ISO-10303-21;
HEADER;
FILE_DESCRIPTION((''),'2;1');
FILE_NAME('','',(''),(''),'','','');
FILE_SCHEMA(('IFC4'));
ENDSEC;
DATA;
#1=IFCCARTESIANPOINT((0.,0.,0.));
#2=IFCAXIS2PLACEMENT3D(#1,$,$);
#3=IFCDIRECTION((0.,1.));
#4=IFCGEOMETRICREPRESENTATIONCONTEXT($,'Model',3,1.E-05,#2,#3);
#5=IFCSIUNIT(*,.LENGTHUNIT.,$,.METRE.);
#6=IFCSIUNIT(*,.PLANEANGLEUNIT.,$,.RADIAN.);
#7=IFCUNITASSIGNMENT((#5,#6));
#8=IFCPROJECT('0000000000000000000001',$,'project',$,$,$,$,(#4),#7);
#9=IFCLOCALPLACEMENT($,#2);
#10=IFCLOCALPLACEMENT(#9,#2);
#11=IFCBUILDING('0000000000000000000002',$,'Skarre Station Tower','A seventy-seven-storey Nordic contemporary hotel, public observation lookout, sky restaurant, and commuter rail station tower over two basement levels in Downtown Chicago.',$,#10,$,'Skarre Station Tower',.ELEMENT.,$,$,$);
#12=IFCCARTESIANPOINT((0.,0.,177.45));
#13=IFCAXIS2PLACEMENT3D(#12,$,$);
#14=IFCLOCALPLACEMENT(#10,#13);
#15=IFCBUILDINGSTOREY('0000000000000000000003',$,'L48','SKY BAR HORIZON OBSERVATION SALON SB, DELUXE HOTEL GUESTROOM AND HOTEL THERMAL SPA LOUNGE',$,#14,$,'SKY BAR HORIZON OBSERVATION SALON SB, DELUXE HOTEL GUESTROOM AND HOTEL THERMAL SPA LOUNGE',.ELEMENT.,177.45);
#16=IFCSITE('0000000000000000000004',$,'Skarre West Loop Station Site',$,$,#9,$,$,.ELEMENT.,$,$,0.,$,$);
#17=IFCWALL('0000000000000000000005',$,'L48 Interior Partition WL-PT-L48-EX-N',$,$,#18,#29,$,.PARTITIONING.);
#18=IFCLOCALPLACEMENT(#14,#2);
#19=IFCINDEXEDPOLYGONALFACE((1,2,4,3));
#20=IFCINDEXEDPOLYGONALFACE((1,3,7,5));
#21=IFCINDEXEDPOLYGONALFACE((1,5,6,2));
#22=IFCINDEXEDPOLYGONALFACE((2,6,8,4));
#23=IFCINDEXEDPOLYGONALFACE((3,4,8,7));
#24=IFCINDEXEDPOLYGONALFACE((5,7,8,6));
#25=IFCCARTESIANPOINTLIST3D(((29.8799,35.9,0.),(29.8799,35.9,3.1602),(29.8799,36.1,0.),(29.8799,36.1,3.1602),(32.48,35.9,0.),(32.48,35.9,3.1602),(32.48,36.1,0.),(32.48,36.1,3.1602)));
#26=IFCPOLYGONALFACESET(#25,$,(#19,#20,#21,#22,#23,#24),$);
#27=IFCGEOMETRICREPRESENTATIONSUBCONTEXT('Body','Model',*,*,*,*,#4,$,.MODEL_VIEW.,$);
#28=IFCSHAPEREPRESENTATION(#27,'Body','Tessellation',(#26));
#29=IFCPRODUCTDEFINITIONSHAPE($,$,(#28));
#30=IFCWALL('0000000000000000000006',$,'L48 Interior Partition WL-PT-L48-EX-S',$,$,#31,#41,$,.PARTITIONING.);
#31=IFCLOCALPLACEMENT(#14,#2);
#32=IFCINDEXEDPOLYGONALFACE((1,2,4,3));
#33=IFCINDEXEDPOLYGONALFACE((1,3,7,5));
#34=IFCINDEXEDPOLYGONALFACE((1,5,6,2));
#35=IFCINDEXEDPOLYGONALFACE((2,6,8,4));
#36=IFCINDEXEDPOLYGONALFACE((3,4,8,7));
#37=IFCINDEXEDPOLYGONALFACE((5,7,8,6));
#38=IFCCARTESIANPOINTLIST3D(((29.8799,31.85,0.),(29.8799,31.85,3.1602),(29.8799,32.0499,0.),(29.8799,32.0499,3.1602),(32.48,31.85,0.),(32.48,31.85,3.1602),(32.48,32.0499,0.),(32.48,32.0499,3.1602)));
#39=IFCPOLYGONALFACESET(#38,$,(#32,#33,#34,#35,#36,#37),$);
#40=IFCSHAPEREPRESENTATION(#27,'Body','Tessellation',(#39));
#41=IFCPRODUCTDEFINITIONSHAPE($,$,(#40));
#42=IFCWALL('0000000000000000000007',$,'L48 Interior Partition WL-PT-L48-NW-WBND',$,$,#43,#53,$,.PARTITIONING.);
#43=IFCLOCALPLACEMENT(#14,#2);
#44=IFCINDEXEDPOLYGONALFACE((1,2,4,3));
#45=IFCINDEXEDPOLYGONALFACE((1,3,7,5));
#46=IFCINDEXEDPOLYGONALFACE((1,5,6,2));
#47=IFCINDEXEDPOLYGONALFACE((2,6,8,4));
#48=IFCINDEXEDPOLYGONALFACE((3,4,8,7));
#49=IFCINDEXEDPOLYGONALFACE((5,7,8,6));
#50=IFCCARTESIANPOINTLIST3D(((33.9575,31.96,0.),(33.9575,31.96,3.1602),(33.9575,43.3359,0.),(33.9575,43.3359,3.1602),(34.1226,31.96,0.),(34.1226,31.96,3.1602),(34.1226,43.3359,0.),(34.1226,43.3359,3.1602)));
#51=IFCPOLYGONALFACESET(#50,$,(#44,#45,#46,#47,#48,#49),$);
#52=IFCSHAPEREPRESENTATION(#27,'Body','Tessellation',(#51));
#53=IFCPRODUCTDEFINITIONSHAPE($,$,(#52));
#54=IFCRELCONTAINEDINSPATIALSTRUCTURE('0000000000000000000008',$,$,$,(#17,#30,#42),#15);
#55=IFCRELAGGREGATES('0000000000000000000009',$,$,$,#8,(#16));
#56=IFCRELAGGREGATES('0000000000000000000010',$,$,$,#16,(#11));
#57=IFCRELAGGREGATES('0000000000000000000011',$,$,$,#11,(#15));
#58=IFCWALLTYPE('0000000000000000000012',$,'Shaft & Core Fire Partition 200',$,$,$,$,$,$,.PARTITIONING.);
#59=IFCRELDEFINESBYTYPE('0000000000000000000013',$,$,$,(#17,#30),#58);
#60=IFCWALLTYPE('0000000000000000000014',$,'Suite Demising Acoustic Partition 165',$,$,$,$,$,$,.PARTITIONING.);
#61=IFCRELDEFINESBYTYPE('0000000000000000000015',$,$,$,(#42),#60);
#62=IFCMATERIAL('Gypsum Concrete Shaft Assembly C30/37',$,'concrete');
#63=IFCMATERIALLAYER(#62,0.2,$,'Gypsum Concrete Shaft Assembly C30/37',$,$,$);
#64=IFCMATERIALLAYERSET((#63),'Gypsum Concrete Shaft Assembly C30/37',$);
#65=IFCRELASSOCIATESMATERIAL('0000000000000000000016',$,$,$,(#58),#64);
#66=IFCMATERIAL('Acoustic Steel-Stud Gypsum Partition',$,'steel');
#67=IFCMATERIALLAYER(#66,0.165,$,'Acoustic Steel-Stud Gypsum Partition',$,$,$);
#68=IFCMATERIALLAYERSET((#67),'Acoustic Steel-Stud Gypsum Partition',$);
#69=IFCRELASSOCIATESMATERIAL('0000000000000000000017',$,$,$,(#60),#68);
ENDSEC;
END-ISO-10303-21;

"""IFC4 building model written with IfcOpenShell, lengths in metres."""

from ifc_helpers import new_model, si_unit, direction, frame, frame_2d, origin, place, context, subcontext, project, spatial, rectangle, extrude, material, layer, layer_set, type_object, element, save


model = new_model("IFC4")

# Units and contexts
model_context = context("Model", 3, precision=1e-05, world=origin(), true_north=direction((0.0, 1.0)))
body_context = subcontext(model_context, "Body", "Model", "MODEL_VIEW")
ifc_project = project(units=[si_unit("LENGTHUNIT", "METRE"), si_unit("PLANEANGLEUNIT", "RADIAN")], contexts=[model_context])

# Site, building, storey
site_placement = place(None, origin())
site = spatial("IfcSite", under=ifc_project, at=site_placement, Name="Skarre West Loop Station Site", CompositionType="ELEMENT", RefElevation=0.0)
building_placement = place(site_placement, origin())
building = spatial("IfcBuilding", under=site, at=building_placement, Name="Skarre Station Tower", Description="A seventy-seven-storey Nordic contemporary hotel, public observation lookout, sky restaurant, and commuter rail station tower over two basement levels in Downtown Chicago.", LongName="Skarre Station Tower", CompositionType="ELEMENT")
storey_placement = place(building_placement, frame((0.0, 0.0, 177.45)))
storey = spatial("IfcBuildingStorey", under=building, at=storey_placement, Name="L48", Description="SKY BAR HORIZON OBSERVATION SALON SB, DELUXE HOTEL GUESTROOM AND HOTEL THERMAL SPA LOUNGE", LongName="SKY BAR HORIZON OBSERVATION SALON SB, DELUXE HOTEL GUESTROOM AND HOTEL THERMAL SPA LOUNGE", CompositionType="ELEMENT", Elevation=177.45)

# Shared definitions
ifc_material_1 = material(Name="Acoustic Steel-Stud Gypsum Partition", Category="steel")

# Walls
ifc_material_2 = material(Name="Gypsum Concrete Shaft Assembly C30/37", Category="concrete")
ifc_layer_1 = layer(ifc_material_2, 0.2, Name="Gypsum Concrete Shaft Assembly C30/37")
ifc_layer_set_1 = layer_set([ifc_layer_1], Name="Gypsum Concrete Shaft Assembly C30/37")
wall_type_1 = type_object("IfcWallType", Name="Shaft & Core Fire Partition 200", PredefinedType="PARTITIONING", material=ifc_layer_set_1)
for number, where, z_axis, x_axis, name in (
    (1, (29.8799, 36.0, 0.0), (0.0, 0.0, 1.0), (1.0, 0.0, 0.0), "L48 Interior Partition WL-PT-L48-EX-N"),
    (2, (32.48, 31.95, 0.0), (0.0, 0.0, 1.0), (-1.0, 0.0, 0.0), "L48 Interior Partition WL-PT-L48-EX-S"),
):
    element("IfcWall", number, at=place(storey_placement, frame(where, z_axis=z_axis, x_axis=x_axis)), inside=storey, type_object=wall_type_1, Name=name, PredefinedType="PARTITIONING", context=body_context, shape_type="SweptSolid", body=[
        extrude(rectangle(XDim=2.6001, YDim=0.2, at=frame_2d((1.3, 0.0))), origin(), (0.0, 0.0, 1.0), 3.1602),
    ])
ifc_layer_2 = layer(ifc_material_1, 0.165, Name="Acoustic Steel-Stud Gypsum Partition")
ifc_layer_set_2 = layer_set([ifc_layer_2], Name="Acoustic Steel-Stud Gypsum Partition")
wall_type_2 = type_object("IfcWallType", Name="Suite Demising Acoustic Partition 165", PredefinedType="PARTITIONING", material=ifc_layer_set_2)
wall_1_placement = place(storey_placement, frame((34.04, 31.96, 0.0), z_axis=(0.0, 0.0, 1.0), x_axis=(0.0, 1.0, 0.0)))
element("IfcWall", 3, at=wall_1_placement, inside=storey, type_object=wall_type_2, Name="L48 Interior Partition WL-PT-L48-NW-WBND", PredefinedType="PARTITIONING", context=body_context, shape_type="SweptSolid", body=[
    extrude(rectangle(XDim=11.376, YDim=0.165, at=frame_2d((5.688, 0.0))), origin(), (0.0, 0.0, 1.0), 3.1602),
])

save(model, "model.ifc")
